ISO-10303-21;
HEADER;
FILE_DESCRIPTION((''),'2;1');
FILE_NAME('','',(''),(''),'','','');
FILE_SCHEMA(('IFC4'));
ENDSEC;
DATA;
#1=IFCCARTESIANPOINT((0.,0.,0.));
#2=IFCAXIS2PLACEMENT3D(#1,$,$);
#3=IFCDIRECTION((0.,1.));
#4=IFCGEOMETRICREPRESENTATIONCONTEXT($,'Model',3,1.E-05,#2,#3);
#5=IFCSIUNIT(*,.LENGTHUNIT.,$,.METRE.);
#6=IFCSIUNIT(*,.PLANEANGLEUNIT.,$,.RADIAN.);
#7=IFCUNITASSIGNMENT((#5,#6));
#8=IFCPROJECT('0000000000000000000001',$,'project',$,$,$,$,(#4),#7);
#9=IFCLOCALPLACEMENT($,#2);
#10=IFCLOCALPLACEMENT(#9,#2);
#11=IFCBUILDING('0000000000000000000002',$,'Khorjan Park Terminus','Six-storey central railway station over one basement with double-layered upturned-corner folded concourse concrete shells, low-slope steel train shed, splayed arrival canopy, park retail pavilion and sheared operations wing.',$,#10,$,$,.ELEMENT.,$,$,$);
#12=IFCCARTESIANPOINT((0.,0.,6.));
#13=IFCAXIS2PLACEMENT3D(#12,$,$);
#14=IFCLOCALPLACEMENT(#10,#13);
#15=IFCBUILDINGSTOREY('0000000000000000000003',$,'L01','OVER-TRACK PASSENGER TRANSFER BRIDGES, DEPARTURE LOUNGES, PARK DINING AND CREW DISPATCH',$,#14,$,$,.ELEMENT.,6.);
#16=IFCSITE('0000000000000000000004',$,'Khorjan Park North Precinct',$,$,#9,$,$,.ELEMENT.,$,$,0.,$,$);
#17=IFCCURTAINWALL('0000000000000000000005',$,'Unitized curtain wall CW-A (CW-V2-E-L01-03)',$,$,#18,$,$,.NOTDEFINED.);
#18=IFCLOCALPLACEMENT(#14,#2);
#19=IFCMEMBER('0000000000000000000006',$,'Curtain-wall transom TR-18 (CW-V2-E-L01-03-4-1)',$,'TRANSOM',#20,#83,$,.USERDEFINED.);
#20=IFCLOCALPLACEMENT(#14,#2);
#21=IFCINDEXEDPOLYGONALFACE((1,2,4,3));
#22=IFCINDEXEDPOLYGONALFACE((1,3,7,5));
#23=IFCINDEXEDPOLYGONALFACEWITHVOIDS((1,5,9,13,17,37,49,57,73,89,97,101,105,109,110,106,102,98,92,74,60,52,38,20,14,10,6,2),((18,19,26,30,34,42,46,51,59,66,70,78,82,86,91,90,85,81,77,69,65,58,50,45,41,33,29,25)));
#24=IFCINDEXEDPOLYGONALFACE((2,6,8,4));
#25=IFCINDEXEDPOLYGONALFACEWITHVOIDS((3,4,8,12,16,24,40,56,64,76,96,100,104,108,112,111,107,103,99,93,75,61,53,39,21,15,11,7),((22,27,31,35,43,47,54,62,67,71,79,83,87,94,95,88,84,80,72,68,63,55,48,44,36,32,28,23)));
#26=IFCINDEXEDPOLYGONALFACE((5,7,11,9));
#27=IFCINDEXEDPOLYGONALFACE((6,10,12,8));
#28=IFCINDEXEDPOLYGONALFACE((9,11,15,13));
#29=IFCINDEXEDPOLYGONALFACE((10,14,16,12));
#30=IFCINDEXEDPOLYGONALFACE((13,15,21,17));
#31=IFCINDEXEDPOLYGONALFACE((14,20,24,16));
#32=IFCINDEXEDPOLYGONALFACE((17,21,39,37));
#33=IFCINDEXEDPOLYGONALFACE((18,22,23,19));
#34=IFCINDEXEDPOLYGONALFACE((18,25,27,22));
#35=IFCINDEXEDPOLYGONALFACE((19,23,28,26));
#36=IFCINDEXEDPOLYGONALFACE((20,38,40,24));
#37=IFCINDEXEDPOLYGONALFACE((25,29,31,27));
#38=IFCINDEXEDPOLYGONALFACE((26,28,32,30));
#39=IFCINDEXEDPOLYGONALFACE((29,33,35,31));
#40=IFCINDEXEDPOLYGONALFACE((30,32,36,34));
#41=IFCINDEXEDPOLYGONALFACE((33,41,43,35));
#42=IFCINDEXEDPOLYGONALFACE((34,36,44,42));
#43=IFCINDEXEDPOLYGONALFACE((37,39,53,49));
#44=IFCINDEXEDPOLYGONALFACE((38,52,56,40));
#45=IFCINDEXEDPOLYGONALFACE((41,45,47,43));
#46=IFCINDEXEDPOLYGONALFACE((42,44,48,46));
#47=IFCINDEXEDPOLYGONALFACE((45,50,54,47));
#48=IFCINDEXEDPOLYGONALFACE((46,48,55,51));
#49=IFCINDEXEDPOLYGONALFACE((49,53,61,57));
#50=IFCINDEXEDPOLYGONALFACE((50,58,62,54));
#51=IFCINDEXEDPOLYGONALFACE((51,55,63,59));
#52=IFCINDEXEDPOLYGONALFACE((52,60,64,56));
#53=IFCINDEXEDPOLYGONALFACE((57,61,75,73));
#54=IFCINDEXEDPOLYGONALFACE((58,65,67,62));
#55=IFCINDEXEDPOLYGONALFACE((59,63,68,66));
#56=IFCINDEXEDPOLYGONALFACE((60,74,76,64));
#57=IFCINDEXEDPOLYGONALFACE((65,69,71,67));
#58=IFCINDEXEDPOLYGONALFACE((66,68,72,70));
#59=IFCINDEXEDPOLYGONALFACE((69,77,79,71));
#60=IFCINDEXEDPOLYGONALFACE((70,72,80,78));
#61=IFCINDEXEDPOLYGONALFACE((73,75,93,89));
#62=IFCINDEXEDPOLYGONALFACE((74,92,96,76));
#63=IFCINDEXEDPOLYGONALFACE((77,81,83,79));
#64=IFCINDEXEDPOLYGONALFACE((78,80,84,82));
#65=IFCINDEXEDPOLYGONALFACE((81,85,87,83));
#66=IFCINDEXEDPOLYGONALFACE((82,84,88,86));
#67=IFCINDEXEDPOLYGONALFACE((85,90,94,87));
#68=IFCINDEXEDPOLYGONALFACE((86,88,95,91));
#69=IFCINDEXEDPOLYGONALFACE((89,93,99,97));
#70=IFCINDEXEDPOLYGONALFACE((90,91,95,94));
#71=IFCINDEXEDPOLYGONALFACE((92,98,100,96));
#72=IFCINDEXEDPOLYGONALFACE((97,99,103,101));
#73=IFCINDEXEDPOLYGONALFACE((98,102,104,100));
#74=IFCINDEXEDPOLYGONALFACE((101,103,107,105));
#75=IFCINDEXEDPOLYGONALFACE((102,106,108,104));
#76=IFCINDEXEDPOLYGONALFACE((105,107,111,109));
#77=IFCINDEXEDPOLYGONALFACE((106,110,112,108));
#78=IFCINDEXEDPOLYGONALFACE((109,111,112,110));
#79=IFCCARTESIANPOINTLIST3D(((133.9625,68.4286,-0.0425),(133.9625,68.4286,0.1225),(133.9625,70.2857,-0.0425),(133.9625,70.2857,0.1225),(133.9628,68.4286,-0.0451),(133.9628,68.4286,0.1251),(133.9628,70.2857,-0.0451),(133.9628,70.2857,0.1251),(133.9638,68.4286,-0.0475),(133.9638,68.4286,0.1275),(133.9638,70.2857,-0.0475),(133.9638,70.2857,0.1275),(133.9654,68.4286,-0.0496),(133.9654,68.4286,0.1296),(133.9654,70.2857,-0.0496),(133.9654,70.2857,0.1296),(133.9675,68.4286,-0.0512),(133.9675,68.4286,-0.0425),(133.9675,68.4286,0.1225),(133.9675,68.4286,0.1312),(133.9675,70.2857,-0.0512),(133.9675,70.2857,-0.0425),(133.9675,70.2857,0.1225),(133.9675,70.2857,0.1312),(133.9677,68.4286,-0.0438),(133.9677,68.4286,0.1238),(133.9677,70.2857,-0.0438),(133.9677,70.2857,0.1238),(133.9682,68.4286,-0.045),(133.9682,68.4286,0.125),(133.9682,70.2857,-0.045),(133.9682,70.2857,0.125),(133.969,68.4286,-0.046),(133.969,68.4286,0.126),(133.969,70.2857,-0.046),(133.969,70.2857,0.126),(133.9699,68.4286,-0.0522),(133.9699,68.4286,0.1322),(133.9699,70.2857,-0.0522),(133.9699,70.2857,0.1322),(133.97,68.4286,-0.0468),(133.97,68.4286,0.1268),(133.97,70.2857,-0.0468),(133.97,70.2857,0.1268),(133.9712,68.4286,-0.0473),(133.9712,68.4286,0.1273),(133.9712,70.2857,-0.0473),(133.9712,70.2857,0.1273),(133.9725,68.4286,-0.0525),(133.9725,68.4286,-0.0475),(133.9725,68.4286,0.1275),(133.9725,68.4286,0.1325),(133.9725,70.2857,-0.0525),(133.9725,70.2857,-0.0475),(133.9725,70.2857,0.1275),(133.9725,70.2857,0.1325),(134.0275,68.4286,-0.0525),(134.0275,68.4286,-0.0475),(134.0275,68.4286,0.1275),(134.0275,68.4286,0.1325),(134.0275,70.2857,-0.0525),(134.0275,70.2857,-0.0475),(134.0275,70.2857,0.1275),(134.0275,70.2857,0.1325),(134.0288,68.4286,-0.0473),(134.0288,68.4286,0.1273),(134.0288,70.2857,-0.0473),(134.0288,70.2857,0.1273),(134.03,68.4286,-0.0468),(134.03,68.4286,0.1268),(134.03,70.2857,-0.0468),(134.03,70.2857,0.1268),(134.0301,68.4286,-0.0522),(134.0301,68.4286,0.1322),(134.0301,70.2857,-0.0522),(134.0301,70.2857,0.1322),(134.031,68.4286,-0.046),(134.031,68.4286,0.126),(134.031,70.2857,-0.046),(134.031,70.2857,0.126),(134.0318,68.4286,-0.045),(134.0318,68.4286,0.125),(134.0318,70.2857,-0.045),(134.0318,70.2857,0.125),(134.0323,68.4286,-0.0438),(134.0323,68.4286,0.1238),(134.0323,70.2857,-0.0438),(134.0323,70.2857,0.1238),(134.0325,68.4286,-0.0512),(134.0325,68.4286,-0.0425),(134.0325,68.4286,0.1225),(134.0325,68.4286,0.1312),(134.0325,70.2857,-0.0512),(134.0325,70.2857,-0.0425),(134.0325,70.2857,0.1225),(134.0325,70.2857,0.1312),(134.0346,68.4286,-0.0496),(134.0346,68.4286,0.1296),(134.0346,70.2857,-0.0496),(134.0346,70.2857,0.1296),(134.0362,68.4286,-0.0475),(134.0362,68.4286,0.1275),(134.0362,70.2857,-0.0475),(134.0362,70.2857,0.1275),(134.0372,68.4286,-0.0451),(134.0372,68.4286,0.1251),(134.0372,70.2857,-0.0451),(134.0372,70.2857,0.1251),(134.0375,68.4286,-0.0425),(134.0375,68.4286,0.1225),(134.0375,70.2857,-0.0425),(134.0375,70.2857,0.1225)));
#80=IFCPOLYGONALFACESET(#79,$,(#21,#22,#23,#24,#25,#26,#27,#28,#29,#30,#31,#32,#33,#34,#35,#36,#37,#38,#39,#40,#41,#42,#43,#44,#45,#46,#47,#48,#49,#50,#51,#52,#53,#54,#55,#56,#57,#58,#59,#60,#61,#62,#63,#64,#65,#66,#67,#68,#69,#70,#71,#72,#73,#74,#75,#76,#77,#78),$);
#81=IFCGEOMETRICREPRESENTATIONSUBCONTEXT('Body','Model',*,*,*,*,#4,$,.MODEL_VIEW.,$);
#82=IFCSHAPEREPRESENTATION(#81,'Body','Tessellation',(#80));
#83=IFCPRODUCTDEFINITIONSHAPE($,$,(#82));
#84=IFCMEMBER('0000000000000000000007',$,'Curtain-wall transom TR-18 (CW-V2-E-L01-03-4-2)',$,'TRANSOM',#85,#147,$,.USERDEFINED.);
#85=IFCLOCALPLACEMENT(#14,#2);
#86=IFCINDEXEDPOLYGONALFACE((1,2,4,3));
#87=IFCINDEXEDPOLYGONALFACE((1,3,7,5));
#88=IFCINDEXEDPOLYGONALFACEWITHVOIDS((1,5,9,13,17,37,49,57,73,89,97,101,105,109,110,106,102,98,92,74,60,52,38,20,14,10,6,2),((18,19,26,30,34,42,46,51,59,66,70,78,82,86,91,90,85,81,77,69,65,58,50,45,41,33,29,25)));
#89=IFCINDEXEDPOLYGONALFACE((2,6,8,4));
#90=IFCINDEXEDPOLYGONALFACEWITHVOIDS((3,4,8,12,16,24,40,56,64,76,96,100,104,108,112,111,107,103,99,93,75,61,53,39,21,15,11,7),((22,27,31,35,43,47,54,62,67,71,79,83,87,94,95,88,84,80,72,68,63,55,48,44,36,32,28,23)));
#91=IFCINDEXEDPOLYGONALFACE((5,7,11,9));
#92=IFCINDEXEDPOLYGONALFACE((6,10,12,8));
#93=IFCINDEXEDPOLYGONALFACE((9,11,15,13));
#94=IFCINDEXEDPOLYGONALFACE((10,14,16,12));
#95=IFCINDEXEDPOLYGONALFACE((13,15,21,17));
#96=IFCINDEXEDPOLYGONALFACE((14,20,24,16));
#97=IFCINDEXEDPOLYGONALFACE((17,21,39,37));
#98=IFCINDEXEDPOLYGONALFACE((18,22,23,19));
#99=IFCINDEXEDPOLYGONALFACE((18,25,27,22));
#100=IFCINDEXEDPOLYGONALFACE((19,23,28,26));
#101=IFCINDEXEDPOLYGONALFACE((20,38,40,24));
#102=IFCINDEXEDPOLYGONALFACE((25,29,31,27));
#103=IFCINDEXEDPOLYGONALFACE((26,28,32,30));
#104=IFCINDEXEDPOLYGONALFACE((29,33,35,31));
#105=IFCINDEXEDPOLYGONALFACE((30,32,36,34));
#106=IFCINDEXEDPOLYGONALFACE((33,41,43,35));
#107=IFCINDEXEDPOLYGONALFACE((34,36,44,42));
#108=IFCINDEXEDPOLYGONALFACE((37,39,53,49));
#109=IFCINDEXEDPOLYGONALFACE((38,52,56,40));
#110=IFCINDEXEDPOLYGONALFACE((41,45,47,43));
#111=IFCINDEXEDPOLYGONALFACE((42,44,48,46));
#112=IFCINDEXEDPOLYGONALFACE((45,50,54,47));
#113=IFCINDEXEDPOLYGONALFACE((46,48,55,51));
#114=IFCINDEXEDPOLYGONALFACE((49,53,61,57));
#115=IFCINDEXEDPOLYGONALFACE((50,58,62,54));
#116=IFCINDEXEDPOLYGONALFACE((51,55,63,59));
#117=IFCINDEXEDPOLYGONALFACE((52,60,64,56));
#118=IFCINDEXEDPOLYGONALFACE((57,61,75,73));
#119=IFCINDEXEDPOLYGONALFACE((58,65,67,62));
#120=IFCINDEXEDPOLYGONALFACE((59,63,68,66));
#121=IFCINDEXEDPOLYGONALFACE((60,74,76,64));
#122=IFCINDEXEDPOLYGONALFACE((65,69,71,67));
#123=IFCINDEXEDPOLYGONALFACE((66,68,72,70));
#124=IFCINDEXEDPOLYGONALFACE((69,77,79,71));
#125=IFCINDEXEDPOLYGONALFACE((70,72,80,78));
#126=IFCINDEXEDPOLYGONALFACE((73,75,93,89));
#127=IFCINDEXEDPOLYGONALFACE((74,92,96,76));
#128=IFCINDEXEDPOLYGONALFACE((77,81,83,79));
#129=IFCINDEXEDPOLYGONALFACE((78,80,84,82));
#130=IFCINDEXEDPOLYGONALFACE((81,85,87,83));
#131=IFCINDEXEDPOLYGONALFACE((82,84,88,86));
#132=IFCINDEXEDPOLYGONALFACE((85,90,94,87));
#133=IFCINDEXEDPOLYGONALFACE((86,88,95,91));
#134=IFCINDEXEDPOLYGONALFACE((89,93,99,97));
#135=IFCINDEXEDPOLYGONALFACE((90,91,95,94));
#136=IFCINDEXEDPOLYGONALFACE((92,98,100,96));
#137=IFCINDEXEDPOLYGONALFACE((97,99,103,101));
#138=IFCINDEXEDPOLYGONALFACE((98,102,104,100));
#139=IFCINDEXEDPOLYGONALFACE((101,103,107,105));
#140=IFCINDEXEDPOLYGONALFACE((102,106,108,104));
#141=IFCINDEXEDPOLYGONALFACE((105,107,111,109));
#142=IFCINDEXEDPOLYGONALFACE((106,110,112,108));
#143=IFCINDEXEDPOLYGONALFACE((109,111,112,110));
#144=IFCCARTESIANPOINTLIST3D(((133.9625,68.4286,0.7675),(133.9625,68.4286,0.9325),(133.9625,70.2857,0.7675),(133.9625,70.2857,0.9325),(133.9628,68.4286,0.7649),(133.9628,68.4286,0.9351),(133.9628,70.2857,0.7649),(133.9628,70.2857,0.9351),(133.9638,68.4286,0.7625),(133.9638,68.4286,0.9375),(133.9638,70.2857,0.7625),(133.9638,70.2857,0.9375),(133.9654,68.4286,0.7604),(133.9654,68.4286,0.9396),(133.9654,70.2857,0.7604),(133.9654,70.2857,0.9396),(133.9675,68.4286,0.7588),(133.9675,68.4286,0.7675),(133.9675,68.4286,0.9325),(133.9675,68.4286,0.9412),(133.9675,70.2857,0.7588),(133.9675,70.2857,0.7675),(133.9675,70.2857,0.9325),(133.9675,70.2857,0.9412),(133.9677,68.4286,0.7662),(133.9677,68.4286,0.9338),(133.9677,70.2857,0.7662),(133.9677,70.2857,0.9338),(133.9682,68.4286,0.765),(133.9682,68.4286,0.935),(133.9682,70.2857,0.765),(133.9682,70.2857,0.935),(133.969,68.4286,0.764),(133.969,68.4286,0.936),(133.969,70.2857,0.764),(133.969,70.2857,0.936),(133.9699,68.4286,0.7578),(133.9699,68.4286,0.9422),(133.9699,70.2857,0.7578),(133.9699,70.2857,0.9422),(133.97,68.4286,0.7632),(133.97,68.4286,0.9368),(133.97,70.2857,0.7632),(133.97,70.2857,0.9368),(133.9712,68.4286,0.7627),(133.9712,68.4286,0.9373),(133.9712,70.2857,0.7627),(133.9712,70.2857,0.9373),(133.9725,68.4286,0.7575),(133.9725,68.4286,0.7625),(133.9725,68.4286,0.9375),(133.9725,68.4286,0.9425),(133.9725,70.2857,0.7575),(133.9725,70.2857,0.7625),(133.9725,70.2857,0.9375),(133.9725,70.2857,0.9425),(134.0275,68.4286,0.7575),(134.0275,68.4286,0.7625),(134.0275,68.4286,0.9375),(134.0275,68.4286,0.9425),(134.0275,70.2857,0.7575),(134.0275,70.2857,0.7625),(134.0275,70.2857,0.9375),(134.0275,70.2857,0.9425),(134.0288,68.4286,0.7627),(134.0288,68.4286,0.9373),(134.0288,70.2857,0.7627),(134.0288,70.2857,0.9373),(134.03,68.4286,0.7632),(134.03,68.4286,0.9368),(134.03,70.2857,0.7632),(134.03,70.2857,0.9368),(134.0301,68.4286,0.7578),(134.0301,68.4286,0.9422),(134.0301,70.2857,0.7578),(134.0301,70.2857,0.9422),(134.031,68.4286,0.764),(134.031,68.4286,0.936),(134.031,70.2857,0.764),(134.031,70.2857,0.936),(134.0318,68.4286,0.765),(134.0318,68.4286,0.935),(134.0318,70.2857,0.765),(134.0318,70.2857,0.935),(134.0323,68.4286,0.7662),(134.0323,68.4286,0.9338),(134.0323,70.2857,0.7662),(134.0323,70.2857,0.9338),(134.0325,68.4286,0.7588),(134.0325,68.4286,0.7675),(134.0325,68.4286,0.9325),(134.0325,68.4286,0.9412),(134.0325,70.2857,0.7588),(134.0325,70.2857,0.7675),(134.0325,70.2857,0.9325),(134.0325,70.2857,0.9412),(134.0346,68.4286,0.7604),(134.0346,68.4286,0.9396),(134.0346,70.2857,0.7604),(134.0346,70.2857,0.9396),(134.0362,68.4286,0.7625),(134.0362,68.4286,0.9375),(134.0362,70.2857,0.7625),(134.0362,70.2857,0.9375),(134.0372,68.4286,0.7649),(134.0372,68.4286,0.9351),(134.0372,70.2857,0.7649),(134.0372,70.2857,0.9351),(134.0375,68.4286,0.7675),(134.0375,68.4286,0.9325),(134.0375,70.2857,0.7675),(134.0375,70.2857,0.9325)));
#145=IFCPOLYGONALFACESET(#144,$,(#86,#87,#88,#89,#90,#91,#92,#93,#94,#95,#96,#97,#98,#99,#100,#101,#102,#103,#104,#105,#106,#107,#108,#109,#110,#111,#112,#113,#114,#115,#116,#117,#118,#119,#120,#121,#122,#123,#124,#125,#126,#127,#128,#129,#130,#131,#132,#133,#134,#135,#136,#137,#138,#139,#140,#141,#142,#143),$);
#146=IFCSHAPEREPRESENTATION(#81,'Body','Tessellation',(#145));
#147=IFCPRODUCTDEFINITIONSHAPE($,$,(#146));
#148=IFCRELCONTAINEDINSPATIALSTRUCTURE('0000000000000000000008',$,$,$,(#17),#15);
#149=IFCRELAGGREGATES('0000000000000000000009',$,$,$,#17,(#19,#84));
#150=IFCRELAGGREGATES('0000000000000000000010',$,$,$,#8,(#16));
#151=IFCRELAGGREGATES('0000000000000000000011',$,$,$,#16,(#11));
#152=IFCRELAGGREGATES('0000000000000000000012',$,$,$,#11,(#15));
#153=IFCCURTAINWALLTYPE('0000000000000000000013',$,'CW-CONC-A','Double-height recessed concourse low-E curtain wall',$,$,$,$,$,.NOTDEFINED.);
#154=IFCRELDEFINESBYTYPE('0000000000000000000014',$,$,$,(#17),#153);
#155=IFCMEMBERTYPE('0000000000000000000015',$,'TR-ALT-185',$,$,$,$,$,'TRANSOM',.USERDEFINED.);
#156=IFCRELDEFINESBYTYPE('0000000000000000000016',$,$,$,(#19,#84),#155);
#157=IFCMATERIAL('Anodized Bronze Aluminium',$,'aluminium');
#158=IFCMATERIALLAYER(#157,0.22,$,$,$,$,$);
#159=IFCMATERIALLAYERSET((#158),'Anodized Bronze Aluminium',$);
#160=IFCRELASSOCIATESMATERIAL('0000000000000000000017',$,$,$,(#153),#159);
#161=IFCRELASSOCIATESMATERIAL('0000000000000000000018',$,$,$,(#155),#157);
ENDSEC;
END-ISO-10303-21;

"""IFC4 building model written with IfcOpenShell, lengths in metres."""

from ifc_helpers import new_model, si_unit, direction, frame, origin, origin_2d, place, context, subcontext, project, spatial, hollow_rectangle, extrude, material, layer, layer_set, material_profile, profile_set, type_object, element, aggregate, save


model = new_model("IFC4")

# Units and contexts
model_context = context("Model", 3, precision=1e-05, world=origin(), true_north=direction((0.0, 1.0)))
body_context = subcontext(model_context, "Body", "Model", "MODEL_VIEW")
ifc_project = project(units=[si_unit("LENGTHUNIT", "METRE"), si_unit("PLANEANGLEUNIT", "RADIAN")], contexts=[model_context])

# Site, building, storey
site_placement = place(None, origin())
site = spatial("IfcSite", under=ifc_project, at=site_placement, Name="Khorjan Park North Precinct", CompositionType="ELEMENT", RefElevation=0.0)
building_placement = place(site_placement, origin())
building = spatial("IfcBuilding", under=site, at=building_placement, Name="Khorjan Park Terminus", Description="Six-storey central railway station over one basement with double-layered upturned-corner folded concourse concrete shells, low-slope steel train shed, splayed arrival canopy, park retail pavilion and sheared operations wing.", CompositionType="ELEMENT")
storey_placement = place(building_placement, frame((0.0, 0.0, 6.0)))
storey = spatial("IfcBuildingStorey", under=building, at=storey_placement, Name="L01", Description="OVER-TRACK PASSENGER TRANSFER BRIDGES, DEPARTURE LOUNGES, PARK DINING AND CREW DISPATCH", CompositionType="ELEMENT", Elevation=6.0)

# Shared definitions
ifc_material_1 = material(Name="Anodized Bronze Aluminium", Category="aluminium")
ifc_layer_1 = layer(ifc_material_1, 0.22)
ifc_layer_set_1 = layer_set([ifc_layer_1], Name="Anodized Bronze Aluminium")
curtain_wall_type = type_object("IfcCurtainWallType", Name="CW-CONC-A", Description="Double-height recessed concourse low-E curtain wall", PredefinedType="NOTDEFINED", material=ifc_layer_set_1)

# Curtain wall
curtain_wall_1_placement = place(storey_placement, origin())
curtain_wall_1 = element("IfcCurtainWall", 1, at=curtain_wall_1_placement, inside=storey, type_object=curtain_wall_type, Name="Unitized curtain wall CW-A (CW-V2-E-L01-03)", PredefinedType="NOTDEFINED")

# Members
ifc_material_profile_1 = material_profile(ifc_material_1, hollow_rectangle(XDim=0.075, YDim=0.185, WallThickness=0.005, InnerFilletRadius=0.005, OuterFilletRadius=0.01, at=origin_2d()), Name="ALT 75x185x5")
ifc_profile_set_1 = profile_set([ifc_material_profile_1], Name="Anodized Bronze Aluminium")
member_type_1 = type_object("IfcMemberType", Name="TR-ALT-185", ElementType="TRANSOM", PredefinedType="USERDEFINED", material=ifc_profile_set_1)
member_1_placement = place(storey_placement, frame((134.0, 68.4286, 0.04), z_axis=(0.0, 1.0, 0.0), x_axis=(-1.0, 0.0, 0.0)))
member_1 = element("IfcMember", 2, at=member_1_placement, type_object=member_type_1, Name="Curtain-wall transom TR-18 (CW-V2-E-L01-03-4-1)", ObjectType="TRANSOM", PredefinedType="USERDEFINED", context=body_context, shape_type="SweptSolid", body=[
    extrude(hollow_rectangle(XDim=0.075, YDim=0.185, WallThickness=0.005, InnerFilletRadius=0.005, OuterFilletRadius=0.01, at=origin_2d()), origin(), (0.0, 0.0, 1.0), 1.8571),
])
member_2_placement = place(storey_placement, frame((134.0, 68.4286, 0.85), z_axis=(0.0, 1.0, 0.0), x_axis=(-1.0, 0.0, 0.0)))
member_2 = element("IfcMember", 3, at=member_2_placement, type_object=member_type_1, Name="Curtain-wall transom TR-18 (CW-V2-E-L01-03-4-2)", ObjectType="TRANSOM", PredefinedType="USERDEFINED", context=body_context, shape_type="SweptSolid", body=[
    extrude(hollow_rectangle(XDim=0.075, YDim=0.185, WallThickness=0.005, InnerFilletRadius=0.005, OuterFilletRadius=0.01, at=origin_2d()), origin(), (0.0, 0.0, 1.0), 1.8571),
])

aggregate(curtain_wall_1, [member_1, member_2])

save(model, "model.ifc")
